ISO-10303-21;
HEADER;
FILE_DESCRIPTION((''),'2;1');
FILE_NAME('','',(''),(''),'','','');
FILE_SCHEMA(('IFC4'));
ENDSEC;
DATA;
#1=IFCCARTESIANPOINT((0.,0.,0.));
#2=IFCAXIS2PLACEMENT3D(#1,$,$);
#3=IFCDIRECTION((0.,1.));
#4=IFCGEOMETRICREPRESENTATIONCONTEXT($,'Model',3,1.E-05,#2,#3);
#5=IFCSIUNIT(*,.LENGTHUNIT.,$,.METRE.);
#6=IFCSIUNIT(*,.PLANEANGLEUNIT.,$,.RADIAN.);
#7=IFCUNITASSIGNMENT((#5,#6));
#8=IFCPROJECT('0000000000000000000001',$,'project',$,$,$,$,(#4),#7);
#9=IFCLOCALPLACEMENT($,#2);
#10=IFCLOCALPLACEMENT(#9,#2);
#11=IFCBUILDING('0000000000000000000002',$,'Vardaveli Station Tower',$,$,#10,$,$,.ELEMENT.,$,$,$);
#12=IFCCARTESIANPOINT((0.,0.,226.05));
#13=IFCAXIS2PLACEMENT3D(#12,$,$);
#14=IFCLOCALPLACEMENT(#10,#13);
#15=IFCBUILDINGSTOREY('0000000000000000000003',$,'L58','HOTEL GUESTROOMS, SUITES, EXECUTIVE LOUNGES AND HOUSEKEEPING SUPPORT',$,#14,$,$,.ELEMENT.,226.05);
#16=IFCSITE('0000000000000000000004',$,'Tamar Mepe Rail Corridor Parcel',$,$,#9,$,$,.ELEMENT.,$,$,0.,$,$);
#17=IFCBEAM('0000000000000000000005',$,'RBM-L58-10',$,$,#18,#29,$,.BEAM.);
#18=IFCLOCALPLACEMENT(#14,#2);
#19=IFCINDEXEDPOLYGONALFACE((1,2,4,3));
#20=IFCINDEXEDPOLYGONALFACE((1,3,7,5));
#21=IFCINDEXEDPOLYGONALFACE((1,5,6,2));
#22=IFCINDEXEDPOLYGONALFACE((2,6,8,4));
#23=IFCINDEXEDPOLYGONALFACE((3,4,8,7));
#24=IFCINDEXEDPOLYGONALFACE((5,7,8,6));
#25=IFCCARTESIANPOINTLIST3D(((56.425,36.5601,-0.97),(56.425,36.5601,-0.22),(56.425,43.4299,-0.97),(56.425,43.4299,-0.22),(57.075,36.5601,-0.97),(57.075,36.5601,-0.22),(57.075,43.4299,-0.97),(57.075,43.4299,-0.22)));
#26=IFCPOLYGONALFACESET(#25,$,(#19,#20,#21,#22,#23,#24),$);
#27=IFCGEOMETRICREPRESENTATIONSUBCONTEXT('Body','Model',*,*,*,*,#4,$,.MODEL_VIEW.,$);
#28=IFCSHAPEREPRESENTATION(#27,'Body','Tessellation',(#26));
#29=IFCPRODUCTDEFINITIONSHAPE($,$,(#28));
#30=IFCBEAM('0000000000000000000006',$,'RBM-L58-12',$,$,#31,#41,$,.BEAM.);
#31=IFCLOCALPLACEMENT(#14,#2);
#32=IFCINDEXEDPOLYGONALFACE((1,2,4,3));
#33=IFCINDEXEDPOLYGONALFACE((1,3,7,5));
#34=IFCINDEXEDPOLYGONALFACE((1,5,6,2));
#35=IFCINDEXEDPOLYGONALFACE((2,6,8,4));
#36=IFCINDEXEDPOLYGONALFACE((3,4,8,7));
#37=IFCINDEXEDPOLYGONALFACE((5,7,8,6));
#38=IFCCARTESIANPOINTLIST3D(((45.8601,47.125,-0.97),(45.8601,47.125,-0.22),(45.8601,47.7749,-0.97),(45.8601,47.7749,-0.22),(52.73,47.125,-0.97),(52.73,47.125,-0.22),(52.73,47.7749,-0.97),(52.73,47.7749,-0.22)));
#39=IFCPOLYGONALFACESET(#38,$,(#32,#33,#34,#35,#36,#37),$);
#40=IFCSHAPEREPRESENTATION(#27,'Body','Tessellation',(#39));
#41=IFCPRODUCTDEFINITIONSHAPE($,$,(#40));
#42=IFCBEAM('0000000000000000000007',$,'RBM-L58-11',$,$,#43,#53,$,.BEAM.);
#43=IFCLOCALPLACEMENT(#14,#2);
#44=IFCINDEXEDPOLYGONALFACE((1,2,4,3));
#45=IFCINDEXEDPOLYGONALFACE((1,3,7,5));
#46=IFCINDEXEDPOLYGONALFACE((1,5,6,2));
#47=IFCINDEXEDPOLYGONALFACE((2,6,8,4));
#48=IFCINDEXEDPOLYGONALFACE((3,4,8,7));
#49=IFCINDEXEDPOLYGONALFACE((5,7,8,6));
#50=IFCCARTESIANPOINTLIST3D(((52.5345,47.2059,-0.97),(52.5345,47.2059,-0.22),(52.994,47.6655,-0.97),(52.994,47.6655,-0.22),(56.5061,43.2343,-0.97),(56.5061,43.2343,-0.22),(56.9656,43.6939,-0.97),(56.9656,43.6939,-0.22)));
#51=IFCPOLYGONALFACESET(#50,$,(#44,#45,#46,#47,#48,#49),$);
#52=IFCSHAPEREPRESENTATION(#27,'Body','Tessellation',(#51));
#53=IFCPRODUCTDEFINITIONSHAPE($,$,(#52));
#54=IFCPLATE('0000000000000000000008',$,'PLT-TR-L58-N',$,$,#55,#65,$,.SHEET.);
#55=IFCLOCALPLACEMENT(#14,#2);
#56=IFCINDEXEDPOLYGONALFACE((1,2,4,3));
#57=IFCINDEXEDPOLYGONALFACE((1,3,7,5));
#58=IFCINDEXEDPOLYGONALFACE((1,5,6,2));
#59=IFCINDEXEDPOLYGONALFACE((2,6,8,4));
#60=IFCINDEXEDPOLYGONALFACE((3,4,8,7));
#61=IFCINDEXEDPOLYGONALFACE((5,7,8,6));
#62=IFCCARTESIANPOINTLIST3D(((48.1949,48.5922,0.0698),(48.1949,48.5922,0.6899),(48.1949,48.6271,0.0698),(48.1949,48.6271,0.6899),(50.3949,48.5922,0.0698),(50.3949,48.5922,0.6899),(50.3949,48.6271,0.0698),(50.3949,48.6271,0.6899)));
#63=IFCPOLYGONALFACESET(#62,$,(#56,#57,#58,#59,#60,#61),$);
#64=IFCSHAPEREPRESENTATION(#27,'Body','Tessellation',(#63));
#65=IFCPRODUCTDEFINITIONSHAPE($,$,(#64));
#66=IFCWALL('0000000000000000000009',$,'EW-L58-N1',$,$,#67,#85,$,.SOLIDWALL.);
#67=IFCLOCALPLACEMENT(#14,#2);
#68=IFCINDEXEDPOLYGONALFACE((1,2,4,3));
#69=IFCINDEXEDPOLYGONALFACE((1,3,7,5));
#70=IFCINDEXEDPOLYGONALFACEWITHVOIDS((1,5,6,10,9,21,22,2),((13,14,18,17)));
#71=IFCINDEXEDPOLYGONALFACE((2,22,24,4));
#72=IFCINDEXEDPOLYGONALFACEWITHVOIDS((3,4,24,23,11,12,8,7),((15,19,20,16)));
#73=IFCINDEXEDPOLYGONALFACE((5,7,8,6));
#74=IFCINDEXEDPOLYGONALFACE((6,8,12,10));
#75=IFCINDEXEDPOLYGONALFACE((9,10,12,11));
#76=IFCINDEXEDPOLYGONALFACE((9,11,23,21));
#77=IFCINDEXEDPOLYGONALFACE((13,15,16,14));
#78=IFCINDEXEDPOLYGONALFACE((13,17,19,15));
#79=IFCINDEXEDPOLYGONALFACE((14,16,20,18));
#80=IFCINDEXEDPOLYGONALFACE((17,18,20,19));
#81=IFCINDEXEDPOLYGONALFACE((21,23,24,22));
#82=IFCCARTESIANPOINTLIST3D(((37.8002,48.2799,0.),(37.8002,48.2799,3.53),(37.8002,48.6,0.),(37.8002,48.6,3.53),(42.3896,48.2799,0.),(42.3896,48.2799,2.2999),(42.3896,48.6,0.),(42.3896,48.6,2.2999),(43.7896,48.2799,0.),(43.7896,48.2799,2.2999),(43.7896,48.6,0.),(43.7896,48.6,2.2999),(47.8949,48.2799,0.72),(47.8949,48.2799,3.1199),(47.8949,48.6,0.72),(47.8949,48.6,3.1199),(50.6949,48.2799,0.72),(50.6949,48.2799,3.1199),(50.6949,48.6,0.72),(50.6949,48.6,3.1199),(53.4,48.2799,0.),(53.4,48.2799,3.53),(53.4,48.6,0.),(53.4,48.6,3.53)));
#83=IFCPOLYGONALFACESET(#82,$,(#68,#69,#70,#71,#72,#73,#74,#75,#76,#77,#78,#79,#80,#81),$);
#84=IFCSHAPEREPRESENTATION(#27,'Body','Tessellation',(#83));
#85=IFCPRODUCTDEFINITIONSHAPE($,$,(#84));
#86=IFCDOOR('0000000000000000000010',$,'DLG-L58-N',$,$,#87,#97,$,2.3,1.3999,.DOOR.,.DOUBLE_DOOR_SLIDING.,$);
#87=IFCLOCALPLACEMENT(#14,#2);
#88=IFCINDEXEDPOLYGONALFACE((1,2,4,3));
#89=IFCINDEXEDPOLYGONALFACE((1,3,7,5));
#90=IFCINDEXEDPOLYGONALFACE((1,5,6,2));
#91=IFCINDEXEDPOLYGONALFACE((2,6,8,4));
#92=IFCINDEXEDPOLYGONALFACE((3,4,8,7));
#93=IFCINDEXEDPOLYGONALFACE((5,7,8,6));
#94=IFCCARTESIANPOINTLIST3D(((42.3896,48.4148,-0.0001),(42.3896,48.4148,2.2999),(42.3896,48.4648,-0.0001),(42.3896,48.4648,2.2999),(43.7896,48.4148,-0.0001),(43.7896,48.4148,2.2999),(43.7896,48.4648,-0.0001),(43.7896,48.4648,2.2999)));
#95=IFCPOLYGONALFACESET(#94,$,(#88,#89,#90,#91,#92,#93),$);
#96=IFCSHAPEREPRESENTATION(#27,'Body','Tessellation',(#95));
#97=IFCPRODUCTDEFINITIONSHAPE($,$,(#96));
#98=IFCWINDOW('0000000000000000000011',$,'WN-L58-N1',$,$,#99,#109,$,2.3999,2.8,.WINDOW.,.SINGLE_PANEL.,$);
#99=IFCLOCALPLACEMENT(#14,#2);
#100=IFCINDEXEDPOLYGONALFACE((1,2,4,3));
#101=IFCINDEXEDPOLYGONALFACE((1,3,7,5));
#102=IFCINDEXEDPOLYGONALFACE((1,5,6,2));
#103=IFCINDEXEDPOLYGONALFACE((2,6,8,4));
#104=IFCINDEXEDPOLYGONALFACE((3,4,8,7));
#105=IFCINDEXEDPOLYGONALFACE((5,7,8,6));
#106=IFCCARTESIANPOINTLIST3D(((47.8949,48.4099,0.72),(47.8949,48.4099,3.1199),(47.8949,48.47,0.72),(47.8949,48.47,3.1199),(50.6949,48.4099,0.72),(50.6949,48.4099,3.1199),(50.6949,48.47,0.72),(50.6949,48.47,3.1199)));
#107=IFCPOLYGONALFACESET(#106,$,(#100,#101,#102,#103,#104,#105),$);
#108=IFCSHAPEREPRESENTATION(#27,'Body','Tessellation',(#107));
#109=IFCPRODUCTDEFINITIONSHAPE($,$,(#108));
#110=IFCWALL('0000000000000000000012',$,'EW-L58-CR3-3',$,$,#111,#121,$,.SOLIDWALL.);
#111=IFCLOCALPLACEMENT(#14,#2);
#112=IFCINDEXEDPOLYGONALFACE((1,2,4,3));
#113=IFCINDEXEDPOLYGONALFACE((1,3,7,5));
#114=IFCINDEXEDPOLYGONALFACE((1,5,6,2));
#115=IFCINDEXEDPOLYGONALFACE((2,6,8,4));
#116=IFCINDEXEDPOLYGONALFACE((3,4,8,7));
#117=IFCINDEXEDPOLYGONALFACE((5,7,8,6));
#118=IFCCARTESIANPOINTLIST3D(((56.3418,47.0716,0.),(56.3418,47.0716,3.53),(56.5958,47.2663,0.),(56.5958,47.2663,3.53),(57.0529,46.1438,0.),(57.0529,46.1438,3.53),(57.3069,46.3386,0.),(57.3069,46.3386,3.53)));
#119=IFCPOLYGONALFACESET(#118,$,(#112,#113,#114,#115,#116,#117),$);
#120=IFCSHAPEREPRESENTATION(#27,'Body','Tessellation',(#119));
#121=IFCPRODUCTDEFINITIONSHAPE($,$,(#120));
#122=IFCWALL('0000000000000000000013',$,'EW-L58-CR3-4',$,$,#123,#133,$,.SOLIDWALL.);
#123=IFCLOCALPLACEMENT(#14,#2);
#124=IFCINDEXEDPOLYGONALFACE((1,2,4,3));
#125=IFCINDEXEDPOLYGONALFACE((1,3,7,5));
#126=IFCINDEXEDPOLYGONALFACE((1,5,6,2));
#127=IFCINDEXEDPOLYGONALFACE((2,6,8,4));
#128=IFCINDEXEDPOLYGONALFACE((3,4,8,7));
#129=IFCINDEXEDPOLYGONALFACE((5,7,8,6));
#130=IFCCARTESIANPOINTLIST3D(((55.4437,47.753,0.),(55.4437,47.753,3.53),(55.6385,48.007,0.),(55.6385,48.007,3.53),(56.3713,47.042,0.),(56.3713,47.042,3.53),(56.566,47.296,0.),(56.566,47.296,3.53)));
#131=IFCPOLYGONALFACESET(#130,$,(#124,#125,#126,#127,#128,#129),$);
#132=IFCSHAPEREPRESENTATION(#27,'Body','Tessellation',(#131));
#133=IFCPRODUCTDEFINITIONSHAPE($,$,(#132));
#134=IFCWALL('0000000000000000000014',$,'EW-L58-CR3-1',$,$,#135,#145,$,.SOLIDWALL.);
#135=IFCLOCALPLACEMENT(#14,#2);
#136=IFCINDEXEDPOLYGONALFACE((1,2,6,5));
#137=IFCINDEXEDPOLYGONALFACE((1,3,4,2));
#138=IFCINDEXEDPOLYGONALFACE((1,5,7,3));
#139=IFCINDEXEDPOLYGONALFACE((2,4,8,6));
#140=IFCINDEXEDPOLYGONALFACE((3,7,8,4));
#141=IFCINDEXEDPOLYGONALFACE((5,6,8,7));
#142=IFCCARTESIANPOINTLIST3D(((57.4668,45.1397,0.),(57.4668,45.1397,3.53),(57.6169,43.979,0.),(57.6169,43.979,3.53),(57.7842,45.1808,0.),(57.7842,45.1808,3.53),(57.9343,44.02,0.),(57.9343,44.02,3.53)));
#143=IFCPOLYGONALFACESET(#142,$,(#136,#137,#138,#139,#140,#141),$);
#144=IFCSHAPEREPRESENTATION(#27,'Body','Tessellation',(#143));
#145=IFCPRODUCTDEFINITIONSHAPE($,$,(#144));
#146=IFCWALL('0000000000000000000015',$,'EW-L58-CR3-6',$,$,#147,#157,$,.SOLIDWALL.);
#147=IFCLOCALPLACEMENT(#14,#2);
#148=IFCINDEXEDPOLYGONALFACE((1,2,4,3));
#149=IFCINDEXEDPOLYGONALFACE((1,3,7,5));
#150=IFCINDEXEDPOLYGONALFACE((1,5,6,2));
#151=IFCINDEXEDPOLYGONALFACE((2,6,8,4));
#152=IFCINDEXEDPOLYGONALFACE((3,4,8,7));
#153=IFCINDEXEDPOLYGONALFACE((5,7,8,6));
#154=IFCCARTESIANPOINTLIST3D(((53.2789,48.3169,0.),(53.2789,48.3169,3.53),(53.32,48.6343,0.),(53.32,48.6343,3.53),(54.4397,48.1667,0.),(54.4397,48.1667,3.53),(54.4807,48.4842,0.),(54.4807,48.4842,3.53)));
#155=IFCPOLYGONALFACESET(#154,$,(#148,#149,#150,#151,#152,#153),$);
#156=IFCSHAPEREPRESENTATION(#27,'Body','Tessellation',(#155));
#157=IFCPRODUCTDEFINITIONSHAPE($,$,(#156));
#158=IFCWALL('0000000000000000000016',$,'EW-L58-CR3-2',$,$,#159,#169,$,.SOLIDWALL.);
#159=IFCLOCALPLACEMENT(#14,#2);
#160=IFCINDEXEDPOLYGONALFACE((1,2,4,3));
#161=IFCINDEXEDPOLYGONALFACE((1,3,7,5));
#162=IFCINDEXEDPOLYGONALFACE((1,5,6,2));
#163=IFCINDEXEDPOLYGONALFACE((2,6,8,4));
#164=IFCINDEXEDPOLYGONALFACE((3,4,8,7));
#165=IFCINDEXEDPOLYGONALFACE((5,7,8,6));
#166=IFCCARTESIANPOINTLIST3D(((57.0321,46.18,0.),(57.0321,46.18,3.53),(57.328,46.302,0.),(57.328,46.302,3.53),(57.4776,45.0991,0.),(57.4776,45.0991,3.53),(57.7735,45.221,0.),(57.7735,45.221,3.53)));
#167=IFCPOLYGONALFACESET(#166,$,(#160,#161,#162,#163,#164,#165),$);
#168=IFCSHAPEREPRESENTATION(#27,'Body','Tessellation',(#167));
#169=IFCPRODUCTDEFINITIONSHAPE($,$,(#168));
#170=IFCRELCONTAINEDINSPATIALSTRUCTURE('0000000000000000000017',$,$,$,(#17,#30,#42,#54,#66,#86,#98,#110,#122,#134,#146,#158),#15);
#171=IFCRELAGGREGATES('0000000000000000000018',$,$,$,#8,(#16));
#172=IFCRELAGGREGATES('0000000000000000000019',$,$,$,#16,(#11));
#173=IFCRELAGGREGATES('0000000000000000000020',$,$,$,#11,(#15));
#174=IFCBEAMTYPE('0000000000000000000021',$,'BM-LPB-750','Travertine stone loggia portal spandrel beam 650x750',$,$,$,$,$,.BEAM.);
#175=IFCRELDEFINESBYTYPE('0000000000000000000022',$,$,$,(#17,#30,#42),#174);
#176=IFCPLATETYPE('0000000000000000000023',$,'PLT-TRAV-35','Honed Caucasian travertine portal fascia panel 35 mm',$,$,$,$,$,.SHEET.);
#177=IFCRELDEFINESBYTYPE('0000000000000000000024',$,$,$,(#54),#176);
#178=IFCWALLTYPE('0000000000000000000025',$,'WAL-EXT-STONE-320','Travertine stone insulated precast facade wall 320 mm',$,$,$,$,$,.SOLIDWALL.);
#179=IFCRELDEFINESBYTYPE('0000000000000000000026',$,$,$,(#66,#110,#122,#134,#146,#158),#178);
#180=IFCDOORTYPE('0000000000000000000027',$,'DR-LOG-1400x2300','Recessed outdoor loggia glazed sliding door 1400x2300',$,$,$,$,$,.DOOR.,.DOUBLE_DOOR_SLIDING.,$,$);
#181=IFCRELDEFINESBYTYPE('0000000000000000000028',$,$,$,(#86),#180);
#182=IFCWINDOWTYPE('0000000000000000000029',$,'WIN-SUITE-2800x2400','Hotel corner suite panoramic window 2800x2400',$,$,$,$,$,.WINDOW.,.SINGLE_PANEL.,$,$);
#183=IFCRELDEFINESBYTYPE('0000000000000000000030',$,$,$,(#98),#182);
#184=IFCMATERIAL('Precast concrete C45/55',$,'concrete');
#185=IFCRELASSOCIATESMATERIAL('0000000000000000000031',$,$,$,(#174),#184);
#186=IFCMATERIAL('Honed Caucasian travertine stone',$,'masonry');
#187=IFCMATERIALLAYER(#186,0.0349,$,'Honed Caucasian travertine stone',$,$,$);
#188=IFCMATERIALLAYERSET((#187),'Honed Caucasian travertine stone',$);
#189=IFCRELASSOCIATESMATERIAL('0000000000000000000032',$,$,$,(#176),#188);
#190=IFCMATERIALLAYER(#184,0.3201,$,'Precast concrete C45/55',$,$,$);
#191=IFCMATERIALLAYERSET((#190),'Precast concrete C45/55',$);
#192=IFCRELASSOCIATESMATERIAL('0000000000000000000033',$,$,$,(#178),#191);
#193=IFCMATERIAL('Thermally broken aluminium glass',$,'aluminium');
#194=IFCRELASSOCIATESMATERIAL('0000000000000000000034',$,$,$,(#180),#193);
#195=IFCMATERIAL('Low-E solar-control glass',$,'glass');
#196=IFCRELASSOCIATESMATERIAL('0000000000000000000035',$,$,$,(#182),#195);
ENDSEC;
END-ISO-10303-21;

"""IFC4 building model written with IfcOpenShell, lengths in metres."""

from ifc_helpers import new_model, si_unit, direction, frame, frame_2d, origin, origin_2d, place, context, subcontext, project, spatial, rectangle, extrude, source, transform, mapped, material, layer, layer_set, material_profile, profile_set, type_object, element, fill, save


model = new_model("IFC4")

# Units and contexts
model_context = context("Model", 3, precision=1e-05, world=origin(), true_north=direction((0.0, 1.0)))
body_context = subcontext(model_context, "Body", "Model", "MODEL_VIEW")
ifc_project = project(units=[si_unit("LENGTHUNIT", "METRE"), si_unit("PLANEANGLEUNIT", "RADIAN")], contexts=[model_context])

# Site, building, storey
site_placement = place(None, origin())
site = spatial("IfcSite", under=ifc_project, at=site_placement, Name="Tamar Mepe Rail Corridor Parcel", CompositionType="ELEMENT", RefElevation=0.0)
building_placement = place(site_placement, origin())
building = spatial("IfcBuilding", under=site, at=building_placement, Name="Vardaveli Station Tower", CompositionType="ELEMENT")
storey_placement = place(building_placement, frame((0.0, 0.0, 226.05)))
storey = spatial("IfcBuildingStorey", under=building, at=storey_placement, Name="L58", Description="HOTEL GUESTROOMS, SUITES, EXECUTIVE LOUNGES AND HOUSEKEEPING SUPPORT", CompositionType="ELEMENT", Elevation=226.05)

# Beams
ifc_material_1 = material(Name="Precast concrete C45/55", Category="concrete")
ifc_material_profile_1 = material_profile(ifc_material_1, rectangle(XDim=0.6499, YDim=0.75, at=origin_2d()), Name="LPB 650x750")
ifc_profile_set_1 = profile_set([ifc_material_profile_1], Name="Precast concrete C45/55")
beam_type = type_object("IfcBeamType", Name="BM-LPB-750", Description="Travertine stone loggia portal spandrel beam 650x750", PredefinedType="BEAM", material=ifc_profile_set_1)
shared_shape_1 = source(origin(), body_context, "Body", "SweptSolid", [
    extrude(rectangle(XDim=0.6499, YDim=0.75, at=origin_2d()), origin(), (0.0, 0.0, 1.0), 6.8699),
])
for number, where, z_axis, x_axis, name in (
    (1, (56.75, 36.5601, -0.595), (0.0, 1.0, 0.0), (-1.0, 0.0, 0.0), "RBM-L58-10"),
    (2, (52.73, 47.45, -0.595), (-1.0, 0.0, 0.0), (0.0, -1.0, 0.0), "RBM-L58-12"),
):
    element("IfcBeam", number, at=place(storey_placement, frame(where, z_axis=z_axis, x_axis=x_axis)), inside=storey, type_object=beam_type, Name=name, PredefinedType="BEAM", context=body_context, shape_type="MappedRepresentation", body=[
        mapped(shared_shape_1, transform((0.0, 0.0, 0.0), scale=1.0)),
    ])
shared_shape_2 = source(origin(), body_context, "Body", "SweptSolid", [
    extrude(rectangle(XDim=0.6499, YDim=0.75, at=origin_2d()), origin(), (0.0, 0.0, 1.0), 5.6167),
])
beam_1_placement = place(storey_placement, frame((56.7358, 43.4641, -0.595), z_axis=(-0.707107, 0.707107, 0.0), x_axis=(-0.707107, -0.707107, 0.0)))
element("IfcBeam", 3, at=beam_1_placement, inside=storey, type_object=beam_type, Name="RBM-L58-11", PredefinedType="BEAM", context=body_context, shape_type="MappedRepresentation", body=[
    mapped(shared_shape_2, transform((0.0, 0.0, 0.0), scale=1.0)),
])

# Plate
ifc_material_2 = material(Name="Honed Caucasian travertine stone", Category="masonry")
ifc_layer_1 = layer(ifc_material_2, 0.0349, Name="Honed Caucasian travertine stone")
ifc_layer_set_1 = layer_set([ifc_layer_1], Name="Honed Caucasian travertine stone")
plate_type = type_object("IfcPlateType", Name="PLT-TRAV-35", Description="Honed Caucasian travertine portal fascia panel 35 mm", PredefinedType="SHEET", material=ifc_layer_set_1)
shared_shape_3 = source(origin(), body_context, "Body", "SweptSolid", [
    extrude(rectangle(XDim=2.2, YDim=0.0349, at=origin_2d()), origin(), (0.0, 0.0, 1.0), 0.6201),
])
plate_placement = place(storey_placement, frame((49.2949, 48.6096, 0.0698), z_axis=(0.0, 0.0, 1.0), x_axis=(1.0, 0.0, 0.0)))
element("IfcPlate", 4, at=plate_placement, inside=storey, type_object=plate_type, Name="PLT-TR-L58-N", PredefinedType="SHEET", context=body_context, shape_type="MappedRepresentation", body=[
    mapped(shared_shape_3, transform((0.0, 0.0, 0.0), scale=1.0)),
])

# Wall, openings, door, window
ifc_layer_2 = layer(ifc_material_1, 0.3201, Name="Precast concrete C45/55")
ifc_layer_set_2 = layer_set([ifc_layer_2], Name="Precast concrete C45/55")
wall_type_1 = type_object("IfcWallType", Name="WAL-EXT-STONE-320", Description="Travertine stone insulated precast facade wall 320 mm", PredefinedType="SOLIDWALL", material=ifc_layer_set_2)
shared_shape_4 = source(origin(), body_context, "Body", "SweptSolid", [
    extrude(rectangle(XDim=15.5999, YDim=0.3201, at=frame_2d((7.7998, 0.0))), origin(), (0.0, 0.0, 1.0), 3.53),
])
wall_1_placement = place(storey_placement, frame((53.3999, 48.4399, 0.0), z_axis=(0.0, 0.0, 1.0), x_axis=(-1.0, 0.0, 0.0)))
wall_1 = element("IfcWall", 5, at=wall_1_placement, inside=storey, type_object=wall_type_1, Name="EW-L58-N1", PredefinedType="SOLIDWALL", context=body_context, shape_type="MappedRepresentation", body=[
    mapped(shared_shape_4, transform((0.0, 0.0, 0.0), scale=1.0)),
])
shared_shape_5 = source(origin(), body_context, "Body", "SweptSolid", [
    extrude(rectangle(XDim=1.3999, YDim=2.3, at=frame_2d((0.7, 1.1499))), frame((0.0, 0.1699, 0.0), z_axis=(0.0, -1.0, 0.0), x_axis=(1.0, 0.0, 0.0)), (0.0, 0.0, 1.0), 0.3401),
])
opening_1_placement = place(wall_1_placement, frame((9.6104, 0.0, 0.0)))
opening_1 = element("IfcOpeningElement", 6, at=opening_1_placement, cuts=wall_1, PredefinedType="OPENING", context=body_context, shape_type="MappedRepresentation", body=[
    mapped(shared_shape_5, transform((0.0, 0.0, 0.0), scale=1.0)),
])
shared_shape_6 = source(origin(), body_context, "Body", "SweptSolid", [
    extrude(rectangle(XDim=2.8, YDim=2.3999, at=frame_2d((1.3999, 1.2))), frame((0.0, 0.1699, 0.0), z_axis=(0.0, -1.0, 0.0), x_axis=(1.0, 0.0, 0.0)), (0.0, 0.0, 1.0), 0.3401),
])
opening_2_placement = place(wall_1_placement, frame((2.7051, 0.0, 0.72)))
opening_2 = element("IfcOpeningElement", 7, at=opening_2_placement, cuts=wall_1, PredefinedType="OPENING", context=body_context, shape_type="MappedRepresentation", body=[
    mapped(shared_shape_6, transform((0.0, 0.0, 0.0), scale=1.0)),
])
ifc_material_3 = material(Name="Thermally broken aluminium glass", Category="aluminium")
door_type = type_object("IfcDoorType", Name="DR-LOG-1400x2300", Description="Recessed outdoor loggia glazed sliding door 1400x2300", OperationType="DOUBLE_DOOR_SLIDING", PredefinedType="DOOR", material=ifc_material_3)
shared_shape_7 = source(origin(), body_context, "Body", "SweptSolid", [
    extrude(rectangle(XDim=1.3999, YDim=2.3, at=frame_2d((0.7, 1.1499))), frame((0.0, 0.0249, 0.0), z_axis=(0.0, -1.0, 0.0), x_axis=(1.0, 0.0, 0.0)), (0.0, 0.0, 1.0), 0.05),
])
door_placement = place(opening_1_placement, frame((1.3999, 0.0, 0.0), z_axis=(0.0, 0.0, 1.0), x_axis=(-1.0, 0.0, 0.0)))
door = element("IfcDoor", 8, at=door_placement, inside=storey, type_object=door_type, Name="DLG-L58-N", OperationType="DOUBLE_DOOR_SLIDING", OverallHeight=2.3, OverallWidth=1.3999, PredefinedType="DOOR", context=body_context, shape_type="MappedRepresentation", body=[
    mapped(shared_shape_7, transform((0.0, 0.0, 0.0), scale=1.0)),
])
fill(opening_1, door)
ifc_material_4 = material(Name="Low-E solar-control glass", Category="glass")
window_type = type_object("IfcWindowType", Name="WIN-SUITE-2800x2400", Description="Hotel corner suite panoramic window 2800x2400", PartitioningType="SINGLE_PANEL", PredefinedType="WINDOW", material=ifc_material_4)
shared_shape_8 = source(origin(), body_context, "Body", "SweptSolid", [
    extrude(rectangle(XDim=2.8, YDim=2.3999, at=frame_2d((1.3999, 1.2))), frame((0.0, 0.03, 0.0), z_axis=(0.0, -1.0, 0.0), x_axis=(1.0, 0.0, 0.0)), (0.0, 0.0, 1.0), 0.0601),
])
window_placement = place(opening_2_placement, origin())
window = element("IfcWindow", 9, at=window_placement, inside=storey, type_object=window_type, Name="WN-L58-N1", OverallHeight=2.3999, OverallWidth=2.8, PartitioningType="SINGLE_PANEL", PredefinedType="WINDOW", context=body_context, shape_type="MappedRepresentation", body=[
    mapped(shared_shape_8, transform((0.0, 0.0, 0.0), scale=1.0)),
])
fill(opening_2, window)

# Walls
shared_shape_9 = source(origin(), body_context, "Body", "SweptSolid", [
    extrude(rectangle(XDim=1.1689, YDim=0.3201, at=frame_2d((0.5845, 0.0))), origin(), (0.0, 0.0, 1.0), 3.53),
])
wall_2_placement = place(storey_placement, frame((57.1799, 46.2412, 0.0), z_axis=(0.0, 0.0, 1.0), x_axis=(-0.608388, 0.79364, 0.0)))
element("IfcWall", 10, at=wall_2_placement, inside=storey, type_object=wall_type_1, Name="EW-L58-CR3-3", PredefinedType="SOLIDWALL", context=body_context, shape_type="MappedRepresentation", body=[
    mapped(shared_shape_9, transform((0.0, 0.0, 0.0), scale=1.0)),
])
shared_shape_10 = source(origin(), body_context, "Body", "SweptSolid", [
    extrude(rectangle(XDim=1.1687, YDim=0.3201, at=frame_2d((0.5845, 0.0))), origin(), (0.0, 0.0, 1.0), 3.53),
])
wall_3_placement = place(storey_placement, frame((56.4688, 47.1689, 0.0), z_axis=(0.0, 0.0, 1.0), x_axis=(-0.793664, 0.608357, 0.0)))
element("IfcWall", 11, at=wall_3_placement, inside=storey, type_object=wall_type_1, Name="EW-L58-CR3-4", PredefinedType="SOLIDWALL", context=body_context, shape_type="MappedRepresentation", body=[
    mapped(shared_shape_10, transform((0.0, 0.0, 0.0), scale=1.0)),
])
shared_shape_11 = source(origin(), body_context, "Body", "SweptSolid", [
    extrude(rectangle(XDim=1.1704, YDim=0.3201, at=frame_2d((0.5852, 0.0))), origin(), (0.0, 0.0, 1.0), 3.53),
])
for number, where, z_axis, x_axis, name in (
    (12, (57.7756, 43.9995, 0.0), (0.0, 0.0, 1.0), (-0.128296, 0.991736, 0.0), "EW-L58-CR3-1"),
    (13, (54.4602, 48.3254, 0.0), (0.0, 0.0, 1.0), (-0.991736, 0.128296, 0.0), "EW-L58-CR3-6"),
):
    element("IfcWall", number, at=place(storey_placement, frame(where, z_axis=z_axis, x_axis=x_axis)), inside=storey, type_object=wall_type_1, Name=name, PredefinedType="SOLIDWALL", context=body_context, shape_type="MappedRepresentation", body=[
        mapped(shared_shape_11, transform((0.0, 0.0, 0.0), scale=1.0)),
    ])
shared_shape_12 = source(origin(), body_context, "Body", "SweptSolid", [
    extrude(rectangle(XDim=1.1692, YDim=0.3201, at=frame_2d((0.5845, 0.0))), origin(), (0.0, 0.0, 1.0), 3.53),
])
for number, where, z_axis, x_axis, name in (
    (14, (57.6255, 45.1602, 0.0), (0.0, 0.0, 1.0), (-0.381054, 0.924553, 0.0), "EW-L58-CR3-2"),
):
    element("IfcWall", number, at=place(storey_placement, frame(where, z_axis=z_axis, x_axis=x_axis)), inside=storey, type_object=wall_type_1, Name=name, PredefinedType="SOLIDWALL", context=body_context, shape_type="MappedRepresentation", body=[
        mapped(shared_shape_12, transform((0.0, 0.0, 0.0), scale=1.0)),
    ])

save(model, "model.ifc")
